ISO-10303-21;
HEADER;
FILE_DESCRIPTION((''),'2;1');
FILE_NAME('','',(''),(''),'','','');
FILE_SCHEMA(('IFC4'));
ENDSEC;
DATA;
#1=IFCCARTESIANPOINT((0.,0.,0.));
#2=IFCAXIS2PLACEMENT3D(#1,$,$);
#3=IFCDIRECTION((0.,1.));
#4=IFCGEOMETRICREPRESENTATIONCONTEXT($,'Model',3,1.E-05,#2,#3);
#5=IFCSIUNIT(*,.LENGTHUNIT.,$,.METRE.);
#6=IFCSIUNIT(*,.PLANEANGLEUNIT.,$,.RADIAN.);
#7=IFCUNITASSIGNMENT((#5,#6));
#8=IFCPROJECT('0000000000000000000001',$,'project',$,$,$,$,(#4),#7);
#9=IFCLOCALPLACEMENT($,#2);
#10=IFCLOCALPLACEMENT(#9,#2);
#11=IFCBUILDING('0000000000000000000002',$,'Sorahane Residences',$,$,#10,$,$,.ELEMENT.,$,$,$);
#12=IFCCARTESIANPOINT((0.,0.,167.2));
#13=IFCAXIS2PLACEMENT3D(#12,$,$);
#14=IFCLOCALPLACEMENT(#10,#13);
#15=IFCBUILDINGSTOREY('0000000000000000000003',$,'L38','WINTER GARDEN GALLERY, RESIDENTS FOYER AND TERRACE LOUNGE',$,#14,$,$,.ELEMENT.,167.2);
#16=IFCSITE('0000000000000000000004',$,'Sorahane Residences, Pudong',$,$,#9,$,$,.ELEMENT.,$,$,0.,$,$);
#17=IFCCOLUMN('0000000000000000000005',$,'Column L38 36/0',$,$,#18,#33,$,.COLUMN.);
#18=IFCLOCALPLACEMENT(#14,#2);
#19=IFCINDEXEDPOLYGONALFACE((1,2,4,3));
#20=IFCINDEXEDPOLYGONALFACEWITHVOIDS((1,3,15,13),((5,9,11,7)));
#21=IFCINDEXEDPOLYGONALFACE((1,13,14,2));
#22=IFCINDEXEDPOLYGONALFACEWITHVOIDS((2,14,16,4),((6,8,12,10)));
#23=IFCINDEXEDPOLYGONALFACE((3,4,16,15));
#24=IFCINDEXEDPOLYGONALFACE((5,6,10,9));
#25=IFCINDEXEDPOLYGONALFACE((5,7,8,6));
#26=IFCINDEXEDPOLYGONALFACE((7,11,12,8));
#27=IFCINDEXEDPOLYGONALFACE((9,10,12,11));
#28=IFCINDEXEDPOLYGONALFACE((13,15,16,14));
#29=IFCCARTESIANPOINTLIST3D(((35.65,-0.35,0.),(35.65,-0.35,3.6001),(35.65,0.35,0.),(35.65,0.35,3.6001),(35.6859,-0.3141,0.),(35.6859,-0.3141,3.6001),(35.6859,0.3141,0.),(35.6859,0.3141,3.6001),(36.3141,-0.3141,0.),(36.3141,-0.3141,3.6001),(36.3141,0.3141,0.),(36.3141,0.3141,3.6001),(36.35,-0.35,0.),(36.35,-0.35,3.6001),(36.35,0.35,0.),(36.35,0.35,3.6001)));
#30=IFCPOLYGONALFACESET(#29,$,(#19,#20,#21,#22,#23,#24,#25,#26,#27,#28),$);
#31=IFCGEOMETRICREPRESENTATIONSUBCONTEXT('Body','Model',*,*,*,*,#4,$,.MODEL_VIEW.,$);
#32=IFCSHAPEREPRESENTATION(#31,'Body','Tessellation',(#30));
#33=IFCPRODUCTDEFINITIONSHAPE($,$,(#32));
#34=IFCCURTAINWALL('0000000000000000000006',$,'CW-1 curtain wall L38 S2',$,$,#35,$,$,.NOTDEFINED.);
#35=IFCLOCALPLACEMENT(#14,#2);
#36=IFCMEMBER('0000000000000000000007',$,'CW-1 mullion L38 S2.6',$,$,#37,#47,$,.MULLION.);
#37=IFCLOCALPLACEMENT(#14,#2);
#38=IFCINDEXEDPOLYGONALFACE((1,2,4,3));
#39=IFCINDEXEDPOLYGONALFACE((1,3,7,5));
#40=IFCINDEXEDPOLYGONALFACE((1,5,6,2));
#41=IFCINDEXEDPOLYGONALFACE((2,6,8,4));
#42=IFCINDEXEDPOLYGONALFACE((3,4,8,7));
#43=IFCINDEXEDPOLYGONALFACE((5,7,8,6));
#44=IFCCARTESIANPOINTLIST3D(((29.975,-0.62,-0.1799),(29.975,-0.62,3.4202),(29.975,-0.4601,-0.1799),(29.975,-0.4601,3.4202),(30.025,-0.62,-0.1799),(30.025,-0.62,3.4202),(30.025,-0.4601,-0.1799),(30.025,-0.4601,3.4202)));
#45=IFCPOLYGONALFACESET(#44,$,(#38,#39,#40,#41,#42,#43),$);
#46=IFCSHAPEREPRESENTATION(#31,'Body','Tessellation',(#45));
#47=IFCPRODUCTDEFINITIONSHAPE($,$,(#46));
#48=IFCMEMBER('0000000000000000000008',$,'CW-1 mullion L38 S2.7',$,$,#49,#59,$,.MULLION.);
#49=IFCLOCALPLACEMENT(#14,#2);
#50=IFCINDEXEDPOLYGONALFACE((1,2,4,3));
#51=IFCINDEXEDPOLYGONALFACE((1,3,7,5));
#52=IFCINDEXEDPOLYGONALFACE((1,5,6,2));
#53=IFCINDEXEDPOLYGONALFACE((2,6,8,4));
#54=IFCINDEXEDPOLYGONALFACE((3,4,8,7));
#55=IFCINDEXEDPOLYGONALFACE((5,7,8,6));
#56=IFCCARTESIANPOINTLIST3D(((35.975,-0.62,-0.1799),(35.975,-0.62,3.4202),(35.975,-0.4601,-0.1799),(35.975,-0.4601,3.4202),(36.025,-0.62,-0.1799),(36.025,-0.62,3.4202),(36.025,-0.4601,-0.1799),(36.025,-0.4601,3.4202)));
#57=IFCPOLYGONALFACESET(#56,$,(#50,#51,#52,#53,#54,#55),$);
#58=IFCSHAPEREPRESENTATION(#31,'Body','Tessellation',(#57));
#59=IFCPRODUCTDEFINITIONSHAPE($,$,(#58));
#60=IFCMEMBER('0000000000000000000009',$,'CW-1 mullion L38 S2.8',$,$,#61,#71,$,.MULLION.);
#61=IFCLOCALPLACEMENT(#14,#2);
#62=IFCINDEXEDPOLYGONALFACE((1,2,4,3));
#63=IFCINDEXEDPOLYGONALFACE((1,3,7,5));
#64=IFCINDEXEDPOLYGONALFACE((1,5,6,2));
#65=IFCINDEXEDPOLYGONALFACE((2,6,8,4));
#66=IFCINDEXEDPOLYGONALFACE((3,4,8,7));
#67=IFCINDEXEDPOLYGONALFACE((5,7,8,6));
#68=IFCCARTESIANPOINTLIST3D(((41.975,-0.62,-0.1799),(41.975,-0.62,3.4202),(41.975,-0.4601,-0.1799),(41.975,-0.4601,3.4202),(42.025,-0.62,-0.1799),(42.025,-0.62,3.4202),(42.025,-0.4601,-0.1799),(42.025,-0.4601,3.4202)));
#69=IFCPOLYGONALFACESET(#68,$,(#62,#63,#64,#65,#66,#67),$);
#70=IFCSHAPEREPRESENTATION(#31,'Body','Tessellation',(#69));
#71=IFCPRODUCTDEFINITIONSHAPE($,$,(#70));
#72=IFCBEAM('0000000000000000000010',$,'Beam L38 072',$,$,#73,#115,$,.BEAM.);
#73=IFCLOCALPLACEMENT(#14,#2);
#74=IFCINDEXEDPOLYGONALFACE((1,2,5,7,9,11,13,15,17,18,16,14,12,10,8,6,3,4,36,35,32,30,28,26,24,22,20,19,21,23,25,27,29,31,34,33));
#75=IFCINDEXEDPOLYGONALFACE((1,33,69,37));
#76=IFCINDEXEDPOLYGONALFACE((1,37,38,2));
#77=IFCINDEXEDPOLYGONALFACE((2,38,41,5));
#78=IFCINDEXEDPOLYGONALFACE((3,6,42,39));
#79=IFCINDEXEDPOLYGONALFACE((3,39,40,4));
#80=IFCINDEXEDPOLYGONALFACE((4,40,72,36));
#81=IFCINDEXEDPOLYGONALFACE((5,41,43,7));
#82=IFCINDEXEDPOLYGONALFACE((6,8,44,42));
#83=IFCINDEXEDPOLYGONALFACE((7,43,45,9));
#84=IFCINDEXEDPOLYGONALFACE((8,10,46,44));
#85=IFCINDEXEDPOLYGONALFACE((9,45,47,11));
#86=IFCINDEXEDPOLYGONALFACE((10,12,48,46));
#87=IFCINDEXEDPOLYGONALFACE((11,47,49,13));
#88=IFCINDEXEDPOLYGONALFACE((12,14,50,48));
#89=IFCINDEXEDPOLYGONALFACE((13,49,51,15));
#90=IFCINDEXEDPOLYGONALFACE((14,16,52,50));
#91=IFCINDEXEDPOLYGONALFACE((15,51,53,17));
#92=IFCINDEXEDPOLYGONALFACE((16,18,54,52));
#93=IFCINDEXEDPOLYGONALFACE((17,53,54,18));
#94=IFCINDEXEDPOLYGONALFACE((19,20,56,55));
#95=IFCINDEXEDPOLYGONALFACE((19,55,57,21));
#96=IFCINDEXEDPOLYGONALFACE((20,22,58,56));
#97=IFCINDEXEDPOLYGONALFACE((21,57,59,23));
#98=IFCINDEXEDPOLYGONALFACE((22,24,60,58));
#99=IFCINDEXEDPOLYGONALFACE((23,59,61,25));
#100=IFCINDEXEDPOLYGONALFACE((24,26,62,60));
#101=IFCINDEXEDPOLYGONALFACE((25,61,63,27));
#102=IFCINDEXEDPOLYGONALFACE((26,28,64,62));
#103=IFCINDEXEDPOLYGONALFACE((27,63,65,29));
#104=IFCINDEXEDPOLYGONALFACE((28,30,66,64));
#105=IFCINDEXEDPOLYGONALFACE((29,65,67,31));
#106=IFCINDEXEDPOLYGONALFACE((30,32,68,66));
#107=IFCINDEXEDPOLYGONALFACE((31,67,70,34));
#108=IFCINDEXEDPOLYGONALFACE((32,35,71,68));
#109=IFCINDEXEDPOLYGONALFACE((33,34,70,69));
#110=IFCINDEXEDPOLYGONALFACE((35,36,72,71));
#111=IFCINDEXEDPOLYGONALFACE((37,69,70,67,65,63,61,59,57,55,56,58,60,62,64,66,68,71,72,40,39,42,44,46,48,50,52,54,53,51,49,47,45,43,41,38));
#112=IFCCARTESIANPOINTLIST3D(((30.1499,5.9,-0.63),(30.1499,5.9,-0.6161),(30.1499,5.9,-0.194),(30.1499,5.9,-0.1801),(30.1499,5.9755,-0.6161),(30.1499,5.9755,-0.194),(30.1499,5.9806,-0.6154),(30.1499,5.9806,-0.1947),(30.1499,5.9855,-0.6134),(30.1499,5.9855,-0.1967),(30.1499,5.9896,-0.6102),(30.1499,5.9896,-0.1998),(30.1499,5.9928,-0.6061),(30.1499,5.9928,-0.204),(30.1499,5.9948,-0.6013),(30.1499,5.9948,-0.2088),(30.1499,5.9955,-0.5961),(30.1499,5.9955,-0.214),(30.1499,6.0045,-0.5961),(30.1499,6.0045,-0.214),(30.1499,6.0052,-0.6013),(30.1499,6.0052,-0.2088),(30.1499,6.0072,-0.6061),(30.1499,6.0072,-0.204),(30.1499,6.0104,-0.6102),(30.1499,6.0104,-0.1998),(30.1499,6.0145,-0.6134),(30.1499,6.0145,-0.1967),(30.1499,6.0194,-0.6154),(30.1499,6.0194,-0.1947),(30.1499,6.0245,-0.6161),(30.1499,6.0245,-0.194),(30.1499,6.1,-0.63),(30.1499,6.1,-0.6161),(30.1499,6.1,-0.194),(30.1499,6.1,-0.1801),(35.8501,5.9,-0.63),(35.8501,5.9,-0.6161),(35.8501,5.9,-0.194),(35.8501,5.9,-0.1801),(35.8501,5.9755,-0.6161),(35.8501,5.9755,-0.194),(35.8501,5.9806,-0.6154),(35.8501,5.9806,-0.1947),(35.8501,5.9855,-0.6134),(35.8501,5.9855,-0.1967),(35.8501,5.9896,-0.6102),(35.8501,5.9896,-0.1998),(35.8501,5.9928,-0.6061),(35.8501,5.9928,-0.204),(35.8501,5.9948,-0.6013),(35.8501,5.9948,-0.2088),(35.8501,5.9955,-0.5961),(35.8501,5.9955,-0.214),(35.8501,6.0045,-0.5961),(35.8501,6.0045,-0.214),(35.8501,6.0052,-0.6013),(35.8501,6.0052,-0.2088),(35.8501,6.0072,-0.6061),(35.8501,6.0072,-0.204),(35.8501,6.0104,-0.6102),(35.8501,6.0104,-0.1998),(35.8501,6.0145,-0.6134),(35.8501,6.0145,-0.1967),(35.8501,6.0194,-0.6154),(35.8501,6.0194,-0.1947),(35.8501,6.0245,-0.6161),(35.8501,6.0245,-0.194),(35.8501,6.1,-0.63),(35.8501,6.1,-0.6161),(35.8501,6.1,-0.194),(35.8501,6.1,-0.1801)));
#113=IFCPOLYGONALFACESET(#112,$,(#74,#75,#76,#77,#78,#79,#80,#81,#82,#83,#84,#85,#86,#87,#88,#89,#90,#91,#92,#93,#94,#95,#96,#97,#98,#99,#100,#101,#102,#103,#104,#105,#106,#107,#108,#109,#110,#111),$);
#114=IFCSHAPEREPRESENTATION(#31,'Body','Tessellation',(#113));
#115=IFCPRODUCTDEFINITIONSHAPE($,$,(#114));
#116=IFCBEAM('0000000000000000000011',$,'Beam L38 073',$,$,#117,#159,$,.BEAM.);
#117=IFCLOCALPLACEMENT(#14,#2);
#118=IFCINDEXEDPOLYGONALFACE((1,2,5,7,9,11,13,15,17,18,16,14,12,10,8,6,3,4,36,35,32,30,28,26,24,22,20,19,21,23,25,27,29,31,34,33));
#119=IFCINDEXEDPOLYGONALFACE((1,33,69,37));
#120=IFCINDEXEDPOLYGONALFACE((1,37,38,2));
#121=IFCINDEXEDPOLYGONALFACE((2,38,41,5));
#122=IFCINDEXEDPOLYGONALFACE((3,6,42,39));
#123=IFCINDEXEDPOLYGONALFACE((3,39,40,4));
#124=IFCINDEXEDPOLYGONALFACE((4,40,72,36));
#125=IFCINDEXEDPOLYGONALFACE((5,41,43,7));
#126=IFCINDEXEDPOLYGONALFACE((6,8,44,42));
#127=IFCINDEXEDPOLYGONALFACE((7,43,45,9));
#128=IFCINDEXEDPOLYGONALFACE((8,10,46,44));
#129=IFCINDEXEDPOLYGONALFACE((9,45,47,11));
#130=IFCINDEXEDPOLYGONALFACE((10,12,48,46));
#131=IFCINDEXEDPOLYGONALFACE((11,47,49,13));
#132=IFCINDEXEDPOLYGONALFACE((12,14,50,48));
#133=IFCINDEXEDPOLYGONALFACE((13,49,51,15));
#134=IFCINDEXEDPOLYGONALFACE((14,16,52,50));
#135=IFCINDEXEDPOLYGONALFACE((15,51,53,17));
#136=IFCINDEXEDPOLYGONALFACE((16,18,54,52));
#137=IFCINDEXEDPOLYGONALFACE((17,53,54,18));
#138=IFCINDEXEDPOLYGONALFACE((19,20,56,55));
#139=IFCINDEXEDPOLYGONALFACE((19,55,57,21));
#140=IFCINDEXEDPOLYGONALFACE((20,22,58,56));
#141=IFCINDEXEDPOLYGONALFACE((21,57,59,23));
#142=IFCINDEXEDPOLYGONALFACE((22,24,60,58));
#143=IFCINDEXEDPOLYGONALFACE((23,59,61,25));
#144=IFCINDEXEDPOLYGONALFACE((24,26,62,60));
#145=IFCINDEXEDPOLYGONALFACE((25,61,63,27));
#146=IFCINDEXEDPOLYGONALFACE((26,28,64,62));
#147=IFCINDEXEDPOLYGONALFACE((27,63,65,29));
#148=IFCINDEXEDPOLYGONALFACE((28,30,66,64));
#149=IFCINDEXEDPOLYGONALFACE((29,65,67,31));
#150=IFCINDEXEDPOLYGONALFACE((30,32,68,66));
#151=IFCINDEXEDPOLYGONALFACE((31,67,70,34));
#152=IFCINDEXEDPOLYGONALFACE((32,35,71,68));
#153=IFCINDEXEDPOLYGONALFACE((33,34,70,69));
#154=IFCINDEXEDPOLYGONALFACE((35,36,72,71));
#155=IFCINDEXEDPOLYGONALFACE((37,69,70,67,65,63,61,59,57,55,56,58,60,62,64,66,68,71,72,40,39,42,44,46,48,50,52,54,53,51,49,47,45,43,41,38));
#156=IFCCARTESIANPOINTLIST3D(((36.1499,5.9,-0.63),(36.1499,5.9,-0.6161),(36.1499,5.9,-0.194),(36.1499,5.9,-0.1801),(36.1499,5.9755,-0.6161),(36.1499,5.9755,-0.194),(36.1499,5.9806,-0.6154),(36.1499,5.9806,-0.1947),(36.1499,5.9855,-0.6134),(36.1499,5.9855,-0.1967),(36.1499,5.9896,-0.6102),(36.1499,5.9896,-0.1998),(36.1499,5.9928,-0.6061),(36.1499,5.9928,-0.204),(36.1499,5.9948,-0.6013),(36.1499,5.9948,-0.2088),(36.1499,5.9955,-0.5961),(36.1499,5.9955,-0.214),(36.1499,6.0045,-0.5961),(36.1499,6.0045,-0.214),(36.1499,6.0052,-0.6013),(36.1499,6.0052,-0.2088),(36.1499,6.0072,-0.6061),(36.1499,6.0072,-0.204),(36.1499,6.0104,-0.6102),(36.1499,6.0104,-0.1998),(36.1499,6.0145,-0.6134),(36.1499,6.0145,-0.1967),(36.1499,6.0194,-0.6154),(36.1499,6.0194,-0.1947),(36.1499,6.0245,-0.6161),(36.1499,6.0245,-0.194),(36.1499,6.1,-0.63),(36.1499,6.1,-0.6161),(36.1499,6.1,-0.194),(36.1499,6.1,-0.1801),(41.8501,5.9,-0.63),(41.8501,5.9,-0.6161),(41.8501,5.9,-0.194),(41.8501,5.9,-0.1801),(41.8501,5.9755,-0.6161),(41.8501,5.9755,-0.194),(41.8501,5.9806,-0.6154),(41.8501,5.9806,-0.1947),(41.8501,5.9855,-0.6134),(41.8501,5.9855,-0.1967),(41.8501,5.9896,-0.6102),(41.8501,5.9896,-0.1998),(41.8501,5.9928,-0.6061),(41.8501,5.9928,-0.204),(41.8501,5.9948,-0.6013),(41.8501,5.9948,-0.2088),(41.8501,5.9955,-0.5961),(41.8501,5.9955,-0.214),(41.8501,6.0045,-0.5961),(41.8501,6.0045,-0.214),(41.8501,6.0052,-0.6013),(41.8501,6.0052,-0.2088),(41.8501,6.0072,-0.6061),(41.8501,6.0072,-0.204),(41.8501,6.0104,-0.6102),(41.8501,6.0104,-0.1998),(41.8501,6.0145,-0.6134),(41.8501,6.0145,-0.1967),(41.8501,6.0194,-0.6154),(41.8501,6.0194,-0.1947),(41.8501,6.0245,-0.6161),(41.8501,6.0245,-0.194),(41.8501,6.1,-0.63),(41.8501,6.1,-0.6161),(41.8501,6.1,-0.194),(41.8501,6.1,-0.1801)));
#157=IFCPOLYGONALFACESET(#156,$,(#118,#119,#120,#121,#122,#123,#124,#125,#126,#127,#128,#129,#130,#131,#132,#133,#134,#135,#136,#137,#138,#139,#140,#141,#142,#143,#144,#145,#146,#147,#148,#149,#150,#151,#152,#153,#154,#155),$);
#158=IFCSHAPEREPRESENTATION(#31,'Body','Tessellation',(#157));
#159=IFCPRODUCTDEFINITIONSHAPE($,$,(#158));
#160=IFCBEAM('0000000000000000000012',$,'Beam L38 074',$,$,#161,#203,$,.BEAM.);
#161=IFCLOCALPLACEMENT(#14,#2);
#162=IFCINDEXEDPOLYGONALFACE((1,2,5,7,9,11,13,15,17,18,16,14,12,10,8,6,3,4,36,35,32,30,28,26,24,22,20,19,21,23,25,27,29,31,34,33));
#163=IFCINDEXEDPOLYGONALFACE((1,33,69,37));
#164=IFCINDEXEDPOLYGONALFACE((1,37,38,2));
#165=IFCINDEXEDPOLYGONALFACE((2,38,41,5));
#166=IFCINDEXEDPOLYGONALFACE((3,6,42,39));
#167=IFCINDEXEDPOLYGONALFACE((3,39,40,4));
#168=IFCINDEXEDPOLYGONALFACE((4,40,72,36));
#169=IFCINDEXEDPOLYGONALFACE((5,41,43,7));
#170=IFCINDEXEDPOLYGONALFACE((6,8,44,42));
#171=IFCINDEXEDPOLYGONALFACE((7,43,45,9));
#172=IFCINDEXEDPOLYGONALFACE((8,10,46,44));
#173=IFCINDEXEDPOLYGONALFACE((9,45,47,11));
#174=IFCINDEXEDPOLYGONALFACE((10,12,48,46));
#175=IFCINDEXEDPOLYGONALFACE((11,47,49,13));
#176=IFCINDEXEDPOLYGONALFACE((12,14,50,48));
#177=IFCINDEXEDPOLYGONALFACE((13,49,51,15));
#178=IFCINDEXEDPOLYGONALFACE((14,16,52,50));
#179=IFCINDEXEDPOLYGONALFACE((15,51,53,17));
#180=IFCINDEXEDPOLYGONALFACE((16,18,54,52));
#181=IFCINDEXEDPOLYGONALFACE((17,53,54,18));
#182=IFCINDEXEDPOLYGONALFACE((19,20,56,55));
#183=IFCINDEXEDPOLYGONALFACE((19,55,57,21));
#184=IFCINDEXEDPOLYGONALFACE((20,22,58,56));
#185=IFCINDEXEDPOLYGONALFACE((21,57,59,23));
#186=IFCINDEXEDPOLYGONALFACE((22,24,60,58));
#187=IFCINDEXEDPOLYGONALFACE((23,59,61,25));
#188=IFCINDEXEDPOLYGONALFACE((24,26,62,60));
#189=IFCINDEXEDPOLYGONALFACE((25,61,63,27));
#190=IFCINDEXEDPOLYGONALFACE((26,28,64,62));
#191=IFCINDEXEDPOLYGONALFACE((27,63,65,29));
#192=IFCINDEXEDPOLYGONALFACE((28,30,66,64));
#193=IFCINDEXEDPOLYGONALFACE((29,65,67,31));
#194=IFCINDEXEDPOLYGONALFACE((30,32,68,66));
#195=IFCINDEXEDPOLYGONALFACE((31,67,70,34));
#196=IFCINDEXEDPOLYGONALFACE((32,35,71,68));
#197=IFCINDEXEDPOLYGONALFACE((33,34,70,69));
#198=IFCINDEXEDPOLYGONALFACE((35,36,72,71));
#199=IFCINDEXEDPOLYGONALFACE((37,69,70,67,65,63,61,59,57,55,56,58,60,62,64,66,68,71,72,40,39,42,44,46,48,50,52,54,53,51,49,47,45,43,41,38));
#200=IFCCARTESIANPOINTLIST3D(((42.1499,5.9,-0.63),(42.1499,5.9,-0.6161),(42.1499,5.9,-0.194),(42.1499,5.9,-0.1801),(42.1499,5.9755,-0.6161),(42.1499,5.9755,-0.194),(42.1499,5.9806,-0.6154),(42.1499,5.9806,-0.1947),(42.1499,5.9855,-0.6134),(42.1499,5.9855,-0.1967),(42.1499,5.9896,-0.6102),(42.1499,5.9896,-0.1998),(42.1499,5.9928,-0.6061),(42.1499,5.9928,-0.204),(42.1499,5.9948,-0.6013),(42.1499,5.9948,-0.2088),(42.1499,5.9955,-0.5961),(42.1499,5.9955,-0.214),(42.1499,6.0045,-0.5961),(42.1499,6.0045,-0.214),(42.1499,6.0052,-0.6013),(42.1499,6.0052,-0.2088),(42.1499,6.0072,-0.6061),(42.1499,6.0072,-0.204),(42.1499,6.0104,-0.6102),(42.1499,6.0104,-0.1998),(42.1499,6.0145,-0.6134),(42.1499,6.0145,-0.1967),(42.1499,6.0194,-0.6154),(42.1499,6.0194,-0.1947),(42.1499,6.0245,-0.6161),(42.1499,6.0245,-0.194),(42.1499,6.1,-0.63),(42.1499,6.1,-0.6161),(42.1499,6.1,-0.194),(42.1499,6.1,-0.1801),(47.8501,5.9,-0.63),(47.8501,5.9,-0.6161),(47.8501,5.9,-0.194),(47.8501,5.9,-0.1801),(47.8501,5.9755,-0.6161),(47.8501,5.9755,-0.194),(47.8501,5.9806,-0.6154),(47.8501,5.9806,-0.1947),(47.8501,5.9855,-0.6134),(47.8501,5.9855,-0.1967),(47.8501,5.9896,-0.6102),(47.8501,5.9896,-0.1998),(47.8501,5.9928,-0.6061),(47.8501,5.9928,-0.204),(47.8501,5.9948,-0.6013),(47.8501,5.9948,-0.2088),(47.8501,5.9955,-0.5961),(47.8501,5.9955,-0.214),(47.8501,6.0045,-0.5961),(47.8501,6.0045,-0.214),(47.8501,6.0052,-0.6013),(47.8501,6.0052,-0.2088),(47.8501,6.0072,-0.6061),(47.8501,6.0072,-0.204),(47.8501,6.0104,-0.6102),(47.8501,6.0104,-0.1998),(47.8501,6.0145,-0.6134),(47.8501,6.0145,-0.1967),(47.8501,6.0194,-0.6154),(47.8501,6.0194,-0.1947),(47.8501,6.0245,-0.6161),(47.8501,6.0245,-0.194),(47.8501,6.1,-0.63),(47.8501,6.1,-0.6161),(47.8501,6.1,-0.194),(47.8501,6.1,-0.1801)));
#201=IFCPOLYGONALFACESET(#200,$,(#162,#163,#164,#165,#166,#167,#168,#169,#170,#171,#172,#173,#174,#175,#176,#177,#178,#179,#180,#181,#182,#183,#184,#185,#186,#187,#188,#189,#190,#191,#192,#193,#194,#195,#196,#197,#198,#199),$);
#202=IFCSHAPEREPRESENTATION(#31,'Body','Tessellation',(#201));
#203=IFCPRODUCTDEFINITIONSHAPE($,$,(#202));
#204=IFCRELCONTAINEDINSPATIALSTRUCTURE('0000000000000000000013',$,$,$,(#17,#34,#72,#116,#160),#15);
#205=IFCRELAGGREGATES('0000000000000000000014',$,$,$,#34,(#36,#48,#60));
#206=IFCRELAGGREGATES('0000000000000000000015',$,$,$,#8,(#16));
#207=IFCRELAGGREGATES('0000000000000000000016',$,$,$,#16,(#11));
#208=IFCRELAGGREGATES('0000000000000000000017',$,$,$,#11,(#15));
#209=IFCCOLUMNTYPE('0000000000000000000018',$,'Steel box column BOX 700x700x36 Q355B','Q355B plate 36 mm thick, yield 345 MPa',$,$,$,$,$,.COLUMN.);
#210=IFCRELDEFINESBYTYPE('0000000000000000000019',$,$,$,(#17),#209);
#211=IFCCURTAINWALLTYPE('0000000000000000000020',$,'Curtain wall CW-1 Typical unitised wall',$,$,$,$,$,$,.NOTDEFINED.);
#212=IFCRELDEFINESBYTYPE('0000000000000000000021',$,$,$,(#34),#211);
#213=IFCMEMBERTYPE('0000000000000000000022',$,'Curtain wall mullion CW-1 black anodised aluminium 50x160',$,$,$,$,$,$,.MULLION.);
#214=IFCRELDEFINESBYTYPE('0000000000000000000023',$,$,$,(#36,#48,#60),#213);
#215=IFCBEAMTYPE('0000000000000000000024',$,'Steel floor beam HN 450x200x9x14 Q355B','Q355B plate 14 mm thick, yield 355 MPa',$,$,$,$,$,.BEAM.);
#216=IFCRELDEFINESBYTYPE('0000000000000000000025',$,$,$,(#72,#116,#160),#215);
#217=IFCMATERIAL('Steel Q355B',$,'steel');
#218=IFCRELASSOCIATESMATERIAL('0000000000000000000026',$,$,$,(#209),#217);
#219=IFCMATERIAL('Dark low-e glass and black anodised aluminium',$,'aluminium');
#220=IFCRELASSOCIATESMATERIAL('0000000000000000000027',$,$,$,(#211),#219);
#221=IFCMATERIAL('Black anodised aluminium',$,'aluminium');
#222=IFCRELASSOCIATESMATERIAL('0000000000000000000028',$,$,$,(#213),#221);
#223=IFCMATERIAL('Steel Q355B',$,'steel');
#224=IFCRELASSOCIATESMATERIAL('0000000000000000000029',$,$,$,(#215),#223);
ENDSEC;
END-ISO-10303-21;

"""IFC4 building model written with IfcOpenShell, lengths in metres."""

from ifc_helpers import new_model, si_unit, direction, frame, origin, origin_2d, place, context, subcontext, project, spatial, rectangle, hollow_rectangle, i_section, extrude, material, material_profile, profile_set, type_object, element, aggregate, save


model = new_model("IFC4")

# Units and contexts
model_context = context("Model", 3, precision=1e-05, world=origin(), true_north=direction((0.0, 1.0)))
body_context = subcontext(model_context, "Body", "Model", "MODEL_VIEW")
ifc_project = project(units=[si_unit("LENGTHUNIT", "METRE"), si_unit("PLANEANGLEUNIT", "RADIAN")], contexts=[model_context])

# Site, building, storey
site_placement = place(None, origin())
site = spatial("IfcSite", under=ifc_project, at=site_placement, Name="Sorahane Residences, Pudong", CompositionType="ELEMENT", RefElevation=0.0)
building_placement = place(site_placement, origin())
building = spatial("IfcBuilding", under=site, at=building_placement, Name="Sorahane Residences", CompositionType="ELEMENT")
storey_placement = place(building_placement, frame((0.0, 0.0, 167.2)))
storey = spatial("IfcBuildingStorey", under=building, at=storey_placement, Name="L38", Description="WINTER GARDEN GALLERY, RESIDENTS FOYER AND TERRACE LOUNGE", CompositionType="ELEMENT", Elevation=167.2)

# Column
ifc_material_1 = material(Name="Steel Q355B", Category="steel")
ifc_material_profile_1 = material_profile(ifc_material_1, hollow_rectangle(XDim=0.7, YDim=0.7, WallThickness=0.0359, at=origin_2d()), Name="BOX 700x700x36")
ifc_profile_set_1 = profile_set([ifc_material_profile_1], Name="Steel Q355B")
column_type = type_object("IfcColumnType", Name="Steel box column BOX 700x700x36 Q355B", Description="Q355B plate 36 mm thick, yield 345 MPa", PredefinedType="COLUMN", material=ifc_profile_set_1)
column_placement = place(storey_placement, frame((36.0, 0.0, 0.0), z_axis=(0.0, 0.0, 1.0), x_axis=(1.0, 0.0, 0.0)))
element("IfcColumn", 1, at=column_placement, inside=storey, type_object=column_type, Name="Column L38 36/0", PredefinedType="COLUMN", context=body_context, shape_type="SweptSolid", body=[
    extrude(hollow_rectangle(XDim=0.7, YDim=0.7, WallThickness=0.0359, at=origin_2d()), origin(), (0.0, 0.0, 1.0), 3.6001),
])

# Curtain wall, members
ifc_material_2 = material(Name="Dark low-e glass and black anodised aluminium", Category="aluminium")
curtain_wall_type = type_object("IfcCurtainWallType", Name="Curtain wall CW-1 Typical unitised wall", PredefinedType="NOTDEFINED", material=ifc_material_2)
curtain_wall_placement = place(storey_placement, origin())
curtain_wall = element("IfcCurtainWall", 2, at=curtain_wall_placement, inside=storey, type_object=curtain_wall_type, Name="CW-1 curtain wall L38 S2", PredefinedType="NOTDEFINED")
ifc_material_3 = material(Name="Black anodised aluminium", Category="aluminium")
ifc_material_profile_2 = material_profile(ifc_material_3, rectangle(XDim=0.1599, YDim=0.05, at=origin_2d()), Name="Curtain wall mullion CW-1 black anodised aluminium 50x160")
ifc_profile_set_2 = profile_set([ifc_material_profile_2], Name="Black anodised aluminium")
member_type = type_object("IfcMemberType", Name="Curtain wall mullion CW-1 black anodised aluminium 50x160", PredefinedType="MULLION", material=ifc_profile_set_2)
member_1_placement = place(storey_placement, frame((30.0, -0.54, -0.1799), z_axis=(0.0, 0.0, 1.0), x_axis=(0.0, -1.0, 0.0)))
member_1 = element("IfcMember", 3, at=member_1_placement, type_object=member_type, Name="CW-1 mullion L38 S2.6", PredefinedType="MULLION", context=body_context, shape_type="SweptSolid", body=[
    extrude(rectangle(XDim=0.1599, YDim=0.05, at=origin_2d()), origin(), (0.0, 0.0, 1.0), 3.6001),
])
member_2_placement = place(storey_placement, frame((36.0, -0.54, -0.1799), z_axis=(0.0, 0.0, 1.0), x_axis=(0.0, -1.0, 0.0)))
member_2 = element("IfcMember", 4, at=member_2_placement, type_object=member_type, Name="CW-1 mullion L38 S2.7", PredefinedType="MULLION", context=body_context, shape_type="SweptSolid", body=[
    extrude(rectangle(XDim=0.1599, YDim=0.05, at=origin_2d()), origin(), (0.0, 0.0, 1.0), 3.6001),
])
member_3_placement = place(storey_placement, frame((42.0, -0.54, -0.1799), z_axis=(0.0, 0.0, 1.0), x_axis=(0.0, -1.0, 0.0)))
member_3 = element("IfcMember", 5, at=member_3_placement, type_object=member_type, Name="CW-1 mullion L38 S2.8", PredefinedType="MULLION", context=body_context, shape_type="SweptSolid", body=[
    extrude(rectangle(XDim=0.1599, YDim=0.05, at=origin_2d()), origin(), (0.0, 0.0, 1.0), 3.6001),
])

# Beams
ifc_material_4 = material(Name="Steel Q355B", Category="steel")
ifc_material_profile_3 = material_profile(ifc_material_4, i_section(OverallWidth=0.2, OverallDepth=0.45, WebThickness=0.009, FlangeThickness=0.0139, FilletRadius=0.02, at=origin_2d()), Name="HN 450x200x9x14")
ifc_profile_set_3 = profile_set([ifc_material_profile_3], Name="Steel Q355B")
beam_type_1 = type_object("IfcBeamType", Name="Steel floor beam HN 450x200x9x14 Q355B", Description="Q355B plate 14 mm thick, yield 355 MPa", PredefinedType="BEAM", material=ifc_profile_set_3)
for number, where, z_axis, x_axis, name in (
    (6, (30.1499, 6.0, -0.405), (1.0, 0.0, 0.0), (0.0, 1.0, 0.0), "Beam L38 072"),
    (7, (36.1499, 6.0, -0.405), (1.0, 0.0, 0.0), (0.0, 1.0, 0.0), "Beam L38 073"),
    (8, (42.1499, 6.0, -0.405), (1.0, 0.0, 0.0), (0.0, 1.0, 0.0), "Beam L38 074"),
):
    element("IfcBeam", number, at=place(storey_placement, frame(where, z_axis=z_axis, x_axis=x_axis)), inside=storey, type_object=beam_type_1, Name=name, PredefinedType="BEAM", context=body_context, shape_type="SweptSolid", body=[
        extrude(i_section(OverallWidth=0.2, OverallDepth=0.45, WebThickness=0.009, FlangeThickness=0.0139, FilletRadius=0.02, at=origin_2d()), origin(), (0.0, 0.0, 1.0), 5.7002),
    ])

aggregate(curtain_wall, [member_1, member_2, member_3])

save(model, "model.ifc")
